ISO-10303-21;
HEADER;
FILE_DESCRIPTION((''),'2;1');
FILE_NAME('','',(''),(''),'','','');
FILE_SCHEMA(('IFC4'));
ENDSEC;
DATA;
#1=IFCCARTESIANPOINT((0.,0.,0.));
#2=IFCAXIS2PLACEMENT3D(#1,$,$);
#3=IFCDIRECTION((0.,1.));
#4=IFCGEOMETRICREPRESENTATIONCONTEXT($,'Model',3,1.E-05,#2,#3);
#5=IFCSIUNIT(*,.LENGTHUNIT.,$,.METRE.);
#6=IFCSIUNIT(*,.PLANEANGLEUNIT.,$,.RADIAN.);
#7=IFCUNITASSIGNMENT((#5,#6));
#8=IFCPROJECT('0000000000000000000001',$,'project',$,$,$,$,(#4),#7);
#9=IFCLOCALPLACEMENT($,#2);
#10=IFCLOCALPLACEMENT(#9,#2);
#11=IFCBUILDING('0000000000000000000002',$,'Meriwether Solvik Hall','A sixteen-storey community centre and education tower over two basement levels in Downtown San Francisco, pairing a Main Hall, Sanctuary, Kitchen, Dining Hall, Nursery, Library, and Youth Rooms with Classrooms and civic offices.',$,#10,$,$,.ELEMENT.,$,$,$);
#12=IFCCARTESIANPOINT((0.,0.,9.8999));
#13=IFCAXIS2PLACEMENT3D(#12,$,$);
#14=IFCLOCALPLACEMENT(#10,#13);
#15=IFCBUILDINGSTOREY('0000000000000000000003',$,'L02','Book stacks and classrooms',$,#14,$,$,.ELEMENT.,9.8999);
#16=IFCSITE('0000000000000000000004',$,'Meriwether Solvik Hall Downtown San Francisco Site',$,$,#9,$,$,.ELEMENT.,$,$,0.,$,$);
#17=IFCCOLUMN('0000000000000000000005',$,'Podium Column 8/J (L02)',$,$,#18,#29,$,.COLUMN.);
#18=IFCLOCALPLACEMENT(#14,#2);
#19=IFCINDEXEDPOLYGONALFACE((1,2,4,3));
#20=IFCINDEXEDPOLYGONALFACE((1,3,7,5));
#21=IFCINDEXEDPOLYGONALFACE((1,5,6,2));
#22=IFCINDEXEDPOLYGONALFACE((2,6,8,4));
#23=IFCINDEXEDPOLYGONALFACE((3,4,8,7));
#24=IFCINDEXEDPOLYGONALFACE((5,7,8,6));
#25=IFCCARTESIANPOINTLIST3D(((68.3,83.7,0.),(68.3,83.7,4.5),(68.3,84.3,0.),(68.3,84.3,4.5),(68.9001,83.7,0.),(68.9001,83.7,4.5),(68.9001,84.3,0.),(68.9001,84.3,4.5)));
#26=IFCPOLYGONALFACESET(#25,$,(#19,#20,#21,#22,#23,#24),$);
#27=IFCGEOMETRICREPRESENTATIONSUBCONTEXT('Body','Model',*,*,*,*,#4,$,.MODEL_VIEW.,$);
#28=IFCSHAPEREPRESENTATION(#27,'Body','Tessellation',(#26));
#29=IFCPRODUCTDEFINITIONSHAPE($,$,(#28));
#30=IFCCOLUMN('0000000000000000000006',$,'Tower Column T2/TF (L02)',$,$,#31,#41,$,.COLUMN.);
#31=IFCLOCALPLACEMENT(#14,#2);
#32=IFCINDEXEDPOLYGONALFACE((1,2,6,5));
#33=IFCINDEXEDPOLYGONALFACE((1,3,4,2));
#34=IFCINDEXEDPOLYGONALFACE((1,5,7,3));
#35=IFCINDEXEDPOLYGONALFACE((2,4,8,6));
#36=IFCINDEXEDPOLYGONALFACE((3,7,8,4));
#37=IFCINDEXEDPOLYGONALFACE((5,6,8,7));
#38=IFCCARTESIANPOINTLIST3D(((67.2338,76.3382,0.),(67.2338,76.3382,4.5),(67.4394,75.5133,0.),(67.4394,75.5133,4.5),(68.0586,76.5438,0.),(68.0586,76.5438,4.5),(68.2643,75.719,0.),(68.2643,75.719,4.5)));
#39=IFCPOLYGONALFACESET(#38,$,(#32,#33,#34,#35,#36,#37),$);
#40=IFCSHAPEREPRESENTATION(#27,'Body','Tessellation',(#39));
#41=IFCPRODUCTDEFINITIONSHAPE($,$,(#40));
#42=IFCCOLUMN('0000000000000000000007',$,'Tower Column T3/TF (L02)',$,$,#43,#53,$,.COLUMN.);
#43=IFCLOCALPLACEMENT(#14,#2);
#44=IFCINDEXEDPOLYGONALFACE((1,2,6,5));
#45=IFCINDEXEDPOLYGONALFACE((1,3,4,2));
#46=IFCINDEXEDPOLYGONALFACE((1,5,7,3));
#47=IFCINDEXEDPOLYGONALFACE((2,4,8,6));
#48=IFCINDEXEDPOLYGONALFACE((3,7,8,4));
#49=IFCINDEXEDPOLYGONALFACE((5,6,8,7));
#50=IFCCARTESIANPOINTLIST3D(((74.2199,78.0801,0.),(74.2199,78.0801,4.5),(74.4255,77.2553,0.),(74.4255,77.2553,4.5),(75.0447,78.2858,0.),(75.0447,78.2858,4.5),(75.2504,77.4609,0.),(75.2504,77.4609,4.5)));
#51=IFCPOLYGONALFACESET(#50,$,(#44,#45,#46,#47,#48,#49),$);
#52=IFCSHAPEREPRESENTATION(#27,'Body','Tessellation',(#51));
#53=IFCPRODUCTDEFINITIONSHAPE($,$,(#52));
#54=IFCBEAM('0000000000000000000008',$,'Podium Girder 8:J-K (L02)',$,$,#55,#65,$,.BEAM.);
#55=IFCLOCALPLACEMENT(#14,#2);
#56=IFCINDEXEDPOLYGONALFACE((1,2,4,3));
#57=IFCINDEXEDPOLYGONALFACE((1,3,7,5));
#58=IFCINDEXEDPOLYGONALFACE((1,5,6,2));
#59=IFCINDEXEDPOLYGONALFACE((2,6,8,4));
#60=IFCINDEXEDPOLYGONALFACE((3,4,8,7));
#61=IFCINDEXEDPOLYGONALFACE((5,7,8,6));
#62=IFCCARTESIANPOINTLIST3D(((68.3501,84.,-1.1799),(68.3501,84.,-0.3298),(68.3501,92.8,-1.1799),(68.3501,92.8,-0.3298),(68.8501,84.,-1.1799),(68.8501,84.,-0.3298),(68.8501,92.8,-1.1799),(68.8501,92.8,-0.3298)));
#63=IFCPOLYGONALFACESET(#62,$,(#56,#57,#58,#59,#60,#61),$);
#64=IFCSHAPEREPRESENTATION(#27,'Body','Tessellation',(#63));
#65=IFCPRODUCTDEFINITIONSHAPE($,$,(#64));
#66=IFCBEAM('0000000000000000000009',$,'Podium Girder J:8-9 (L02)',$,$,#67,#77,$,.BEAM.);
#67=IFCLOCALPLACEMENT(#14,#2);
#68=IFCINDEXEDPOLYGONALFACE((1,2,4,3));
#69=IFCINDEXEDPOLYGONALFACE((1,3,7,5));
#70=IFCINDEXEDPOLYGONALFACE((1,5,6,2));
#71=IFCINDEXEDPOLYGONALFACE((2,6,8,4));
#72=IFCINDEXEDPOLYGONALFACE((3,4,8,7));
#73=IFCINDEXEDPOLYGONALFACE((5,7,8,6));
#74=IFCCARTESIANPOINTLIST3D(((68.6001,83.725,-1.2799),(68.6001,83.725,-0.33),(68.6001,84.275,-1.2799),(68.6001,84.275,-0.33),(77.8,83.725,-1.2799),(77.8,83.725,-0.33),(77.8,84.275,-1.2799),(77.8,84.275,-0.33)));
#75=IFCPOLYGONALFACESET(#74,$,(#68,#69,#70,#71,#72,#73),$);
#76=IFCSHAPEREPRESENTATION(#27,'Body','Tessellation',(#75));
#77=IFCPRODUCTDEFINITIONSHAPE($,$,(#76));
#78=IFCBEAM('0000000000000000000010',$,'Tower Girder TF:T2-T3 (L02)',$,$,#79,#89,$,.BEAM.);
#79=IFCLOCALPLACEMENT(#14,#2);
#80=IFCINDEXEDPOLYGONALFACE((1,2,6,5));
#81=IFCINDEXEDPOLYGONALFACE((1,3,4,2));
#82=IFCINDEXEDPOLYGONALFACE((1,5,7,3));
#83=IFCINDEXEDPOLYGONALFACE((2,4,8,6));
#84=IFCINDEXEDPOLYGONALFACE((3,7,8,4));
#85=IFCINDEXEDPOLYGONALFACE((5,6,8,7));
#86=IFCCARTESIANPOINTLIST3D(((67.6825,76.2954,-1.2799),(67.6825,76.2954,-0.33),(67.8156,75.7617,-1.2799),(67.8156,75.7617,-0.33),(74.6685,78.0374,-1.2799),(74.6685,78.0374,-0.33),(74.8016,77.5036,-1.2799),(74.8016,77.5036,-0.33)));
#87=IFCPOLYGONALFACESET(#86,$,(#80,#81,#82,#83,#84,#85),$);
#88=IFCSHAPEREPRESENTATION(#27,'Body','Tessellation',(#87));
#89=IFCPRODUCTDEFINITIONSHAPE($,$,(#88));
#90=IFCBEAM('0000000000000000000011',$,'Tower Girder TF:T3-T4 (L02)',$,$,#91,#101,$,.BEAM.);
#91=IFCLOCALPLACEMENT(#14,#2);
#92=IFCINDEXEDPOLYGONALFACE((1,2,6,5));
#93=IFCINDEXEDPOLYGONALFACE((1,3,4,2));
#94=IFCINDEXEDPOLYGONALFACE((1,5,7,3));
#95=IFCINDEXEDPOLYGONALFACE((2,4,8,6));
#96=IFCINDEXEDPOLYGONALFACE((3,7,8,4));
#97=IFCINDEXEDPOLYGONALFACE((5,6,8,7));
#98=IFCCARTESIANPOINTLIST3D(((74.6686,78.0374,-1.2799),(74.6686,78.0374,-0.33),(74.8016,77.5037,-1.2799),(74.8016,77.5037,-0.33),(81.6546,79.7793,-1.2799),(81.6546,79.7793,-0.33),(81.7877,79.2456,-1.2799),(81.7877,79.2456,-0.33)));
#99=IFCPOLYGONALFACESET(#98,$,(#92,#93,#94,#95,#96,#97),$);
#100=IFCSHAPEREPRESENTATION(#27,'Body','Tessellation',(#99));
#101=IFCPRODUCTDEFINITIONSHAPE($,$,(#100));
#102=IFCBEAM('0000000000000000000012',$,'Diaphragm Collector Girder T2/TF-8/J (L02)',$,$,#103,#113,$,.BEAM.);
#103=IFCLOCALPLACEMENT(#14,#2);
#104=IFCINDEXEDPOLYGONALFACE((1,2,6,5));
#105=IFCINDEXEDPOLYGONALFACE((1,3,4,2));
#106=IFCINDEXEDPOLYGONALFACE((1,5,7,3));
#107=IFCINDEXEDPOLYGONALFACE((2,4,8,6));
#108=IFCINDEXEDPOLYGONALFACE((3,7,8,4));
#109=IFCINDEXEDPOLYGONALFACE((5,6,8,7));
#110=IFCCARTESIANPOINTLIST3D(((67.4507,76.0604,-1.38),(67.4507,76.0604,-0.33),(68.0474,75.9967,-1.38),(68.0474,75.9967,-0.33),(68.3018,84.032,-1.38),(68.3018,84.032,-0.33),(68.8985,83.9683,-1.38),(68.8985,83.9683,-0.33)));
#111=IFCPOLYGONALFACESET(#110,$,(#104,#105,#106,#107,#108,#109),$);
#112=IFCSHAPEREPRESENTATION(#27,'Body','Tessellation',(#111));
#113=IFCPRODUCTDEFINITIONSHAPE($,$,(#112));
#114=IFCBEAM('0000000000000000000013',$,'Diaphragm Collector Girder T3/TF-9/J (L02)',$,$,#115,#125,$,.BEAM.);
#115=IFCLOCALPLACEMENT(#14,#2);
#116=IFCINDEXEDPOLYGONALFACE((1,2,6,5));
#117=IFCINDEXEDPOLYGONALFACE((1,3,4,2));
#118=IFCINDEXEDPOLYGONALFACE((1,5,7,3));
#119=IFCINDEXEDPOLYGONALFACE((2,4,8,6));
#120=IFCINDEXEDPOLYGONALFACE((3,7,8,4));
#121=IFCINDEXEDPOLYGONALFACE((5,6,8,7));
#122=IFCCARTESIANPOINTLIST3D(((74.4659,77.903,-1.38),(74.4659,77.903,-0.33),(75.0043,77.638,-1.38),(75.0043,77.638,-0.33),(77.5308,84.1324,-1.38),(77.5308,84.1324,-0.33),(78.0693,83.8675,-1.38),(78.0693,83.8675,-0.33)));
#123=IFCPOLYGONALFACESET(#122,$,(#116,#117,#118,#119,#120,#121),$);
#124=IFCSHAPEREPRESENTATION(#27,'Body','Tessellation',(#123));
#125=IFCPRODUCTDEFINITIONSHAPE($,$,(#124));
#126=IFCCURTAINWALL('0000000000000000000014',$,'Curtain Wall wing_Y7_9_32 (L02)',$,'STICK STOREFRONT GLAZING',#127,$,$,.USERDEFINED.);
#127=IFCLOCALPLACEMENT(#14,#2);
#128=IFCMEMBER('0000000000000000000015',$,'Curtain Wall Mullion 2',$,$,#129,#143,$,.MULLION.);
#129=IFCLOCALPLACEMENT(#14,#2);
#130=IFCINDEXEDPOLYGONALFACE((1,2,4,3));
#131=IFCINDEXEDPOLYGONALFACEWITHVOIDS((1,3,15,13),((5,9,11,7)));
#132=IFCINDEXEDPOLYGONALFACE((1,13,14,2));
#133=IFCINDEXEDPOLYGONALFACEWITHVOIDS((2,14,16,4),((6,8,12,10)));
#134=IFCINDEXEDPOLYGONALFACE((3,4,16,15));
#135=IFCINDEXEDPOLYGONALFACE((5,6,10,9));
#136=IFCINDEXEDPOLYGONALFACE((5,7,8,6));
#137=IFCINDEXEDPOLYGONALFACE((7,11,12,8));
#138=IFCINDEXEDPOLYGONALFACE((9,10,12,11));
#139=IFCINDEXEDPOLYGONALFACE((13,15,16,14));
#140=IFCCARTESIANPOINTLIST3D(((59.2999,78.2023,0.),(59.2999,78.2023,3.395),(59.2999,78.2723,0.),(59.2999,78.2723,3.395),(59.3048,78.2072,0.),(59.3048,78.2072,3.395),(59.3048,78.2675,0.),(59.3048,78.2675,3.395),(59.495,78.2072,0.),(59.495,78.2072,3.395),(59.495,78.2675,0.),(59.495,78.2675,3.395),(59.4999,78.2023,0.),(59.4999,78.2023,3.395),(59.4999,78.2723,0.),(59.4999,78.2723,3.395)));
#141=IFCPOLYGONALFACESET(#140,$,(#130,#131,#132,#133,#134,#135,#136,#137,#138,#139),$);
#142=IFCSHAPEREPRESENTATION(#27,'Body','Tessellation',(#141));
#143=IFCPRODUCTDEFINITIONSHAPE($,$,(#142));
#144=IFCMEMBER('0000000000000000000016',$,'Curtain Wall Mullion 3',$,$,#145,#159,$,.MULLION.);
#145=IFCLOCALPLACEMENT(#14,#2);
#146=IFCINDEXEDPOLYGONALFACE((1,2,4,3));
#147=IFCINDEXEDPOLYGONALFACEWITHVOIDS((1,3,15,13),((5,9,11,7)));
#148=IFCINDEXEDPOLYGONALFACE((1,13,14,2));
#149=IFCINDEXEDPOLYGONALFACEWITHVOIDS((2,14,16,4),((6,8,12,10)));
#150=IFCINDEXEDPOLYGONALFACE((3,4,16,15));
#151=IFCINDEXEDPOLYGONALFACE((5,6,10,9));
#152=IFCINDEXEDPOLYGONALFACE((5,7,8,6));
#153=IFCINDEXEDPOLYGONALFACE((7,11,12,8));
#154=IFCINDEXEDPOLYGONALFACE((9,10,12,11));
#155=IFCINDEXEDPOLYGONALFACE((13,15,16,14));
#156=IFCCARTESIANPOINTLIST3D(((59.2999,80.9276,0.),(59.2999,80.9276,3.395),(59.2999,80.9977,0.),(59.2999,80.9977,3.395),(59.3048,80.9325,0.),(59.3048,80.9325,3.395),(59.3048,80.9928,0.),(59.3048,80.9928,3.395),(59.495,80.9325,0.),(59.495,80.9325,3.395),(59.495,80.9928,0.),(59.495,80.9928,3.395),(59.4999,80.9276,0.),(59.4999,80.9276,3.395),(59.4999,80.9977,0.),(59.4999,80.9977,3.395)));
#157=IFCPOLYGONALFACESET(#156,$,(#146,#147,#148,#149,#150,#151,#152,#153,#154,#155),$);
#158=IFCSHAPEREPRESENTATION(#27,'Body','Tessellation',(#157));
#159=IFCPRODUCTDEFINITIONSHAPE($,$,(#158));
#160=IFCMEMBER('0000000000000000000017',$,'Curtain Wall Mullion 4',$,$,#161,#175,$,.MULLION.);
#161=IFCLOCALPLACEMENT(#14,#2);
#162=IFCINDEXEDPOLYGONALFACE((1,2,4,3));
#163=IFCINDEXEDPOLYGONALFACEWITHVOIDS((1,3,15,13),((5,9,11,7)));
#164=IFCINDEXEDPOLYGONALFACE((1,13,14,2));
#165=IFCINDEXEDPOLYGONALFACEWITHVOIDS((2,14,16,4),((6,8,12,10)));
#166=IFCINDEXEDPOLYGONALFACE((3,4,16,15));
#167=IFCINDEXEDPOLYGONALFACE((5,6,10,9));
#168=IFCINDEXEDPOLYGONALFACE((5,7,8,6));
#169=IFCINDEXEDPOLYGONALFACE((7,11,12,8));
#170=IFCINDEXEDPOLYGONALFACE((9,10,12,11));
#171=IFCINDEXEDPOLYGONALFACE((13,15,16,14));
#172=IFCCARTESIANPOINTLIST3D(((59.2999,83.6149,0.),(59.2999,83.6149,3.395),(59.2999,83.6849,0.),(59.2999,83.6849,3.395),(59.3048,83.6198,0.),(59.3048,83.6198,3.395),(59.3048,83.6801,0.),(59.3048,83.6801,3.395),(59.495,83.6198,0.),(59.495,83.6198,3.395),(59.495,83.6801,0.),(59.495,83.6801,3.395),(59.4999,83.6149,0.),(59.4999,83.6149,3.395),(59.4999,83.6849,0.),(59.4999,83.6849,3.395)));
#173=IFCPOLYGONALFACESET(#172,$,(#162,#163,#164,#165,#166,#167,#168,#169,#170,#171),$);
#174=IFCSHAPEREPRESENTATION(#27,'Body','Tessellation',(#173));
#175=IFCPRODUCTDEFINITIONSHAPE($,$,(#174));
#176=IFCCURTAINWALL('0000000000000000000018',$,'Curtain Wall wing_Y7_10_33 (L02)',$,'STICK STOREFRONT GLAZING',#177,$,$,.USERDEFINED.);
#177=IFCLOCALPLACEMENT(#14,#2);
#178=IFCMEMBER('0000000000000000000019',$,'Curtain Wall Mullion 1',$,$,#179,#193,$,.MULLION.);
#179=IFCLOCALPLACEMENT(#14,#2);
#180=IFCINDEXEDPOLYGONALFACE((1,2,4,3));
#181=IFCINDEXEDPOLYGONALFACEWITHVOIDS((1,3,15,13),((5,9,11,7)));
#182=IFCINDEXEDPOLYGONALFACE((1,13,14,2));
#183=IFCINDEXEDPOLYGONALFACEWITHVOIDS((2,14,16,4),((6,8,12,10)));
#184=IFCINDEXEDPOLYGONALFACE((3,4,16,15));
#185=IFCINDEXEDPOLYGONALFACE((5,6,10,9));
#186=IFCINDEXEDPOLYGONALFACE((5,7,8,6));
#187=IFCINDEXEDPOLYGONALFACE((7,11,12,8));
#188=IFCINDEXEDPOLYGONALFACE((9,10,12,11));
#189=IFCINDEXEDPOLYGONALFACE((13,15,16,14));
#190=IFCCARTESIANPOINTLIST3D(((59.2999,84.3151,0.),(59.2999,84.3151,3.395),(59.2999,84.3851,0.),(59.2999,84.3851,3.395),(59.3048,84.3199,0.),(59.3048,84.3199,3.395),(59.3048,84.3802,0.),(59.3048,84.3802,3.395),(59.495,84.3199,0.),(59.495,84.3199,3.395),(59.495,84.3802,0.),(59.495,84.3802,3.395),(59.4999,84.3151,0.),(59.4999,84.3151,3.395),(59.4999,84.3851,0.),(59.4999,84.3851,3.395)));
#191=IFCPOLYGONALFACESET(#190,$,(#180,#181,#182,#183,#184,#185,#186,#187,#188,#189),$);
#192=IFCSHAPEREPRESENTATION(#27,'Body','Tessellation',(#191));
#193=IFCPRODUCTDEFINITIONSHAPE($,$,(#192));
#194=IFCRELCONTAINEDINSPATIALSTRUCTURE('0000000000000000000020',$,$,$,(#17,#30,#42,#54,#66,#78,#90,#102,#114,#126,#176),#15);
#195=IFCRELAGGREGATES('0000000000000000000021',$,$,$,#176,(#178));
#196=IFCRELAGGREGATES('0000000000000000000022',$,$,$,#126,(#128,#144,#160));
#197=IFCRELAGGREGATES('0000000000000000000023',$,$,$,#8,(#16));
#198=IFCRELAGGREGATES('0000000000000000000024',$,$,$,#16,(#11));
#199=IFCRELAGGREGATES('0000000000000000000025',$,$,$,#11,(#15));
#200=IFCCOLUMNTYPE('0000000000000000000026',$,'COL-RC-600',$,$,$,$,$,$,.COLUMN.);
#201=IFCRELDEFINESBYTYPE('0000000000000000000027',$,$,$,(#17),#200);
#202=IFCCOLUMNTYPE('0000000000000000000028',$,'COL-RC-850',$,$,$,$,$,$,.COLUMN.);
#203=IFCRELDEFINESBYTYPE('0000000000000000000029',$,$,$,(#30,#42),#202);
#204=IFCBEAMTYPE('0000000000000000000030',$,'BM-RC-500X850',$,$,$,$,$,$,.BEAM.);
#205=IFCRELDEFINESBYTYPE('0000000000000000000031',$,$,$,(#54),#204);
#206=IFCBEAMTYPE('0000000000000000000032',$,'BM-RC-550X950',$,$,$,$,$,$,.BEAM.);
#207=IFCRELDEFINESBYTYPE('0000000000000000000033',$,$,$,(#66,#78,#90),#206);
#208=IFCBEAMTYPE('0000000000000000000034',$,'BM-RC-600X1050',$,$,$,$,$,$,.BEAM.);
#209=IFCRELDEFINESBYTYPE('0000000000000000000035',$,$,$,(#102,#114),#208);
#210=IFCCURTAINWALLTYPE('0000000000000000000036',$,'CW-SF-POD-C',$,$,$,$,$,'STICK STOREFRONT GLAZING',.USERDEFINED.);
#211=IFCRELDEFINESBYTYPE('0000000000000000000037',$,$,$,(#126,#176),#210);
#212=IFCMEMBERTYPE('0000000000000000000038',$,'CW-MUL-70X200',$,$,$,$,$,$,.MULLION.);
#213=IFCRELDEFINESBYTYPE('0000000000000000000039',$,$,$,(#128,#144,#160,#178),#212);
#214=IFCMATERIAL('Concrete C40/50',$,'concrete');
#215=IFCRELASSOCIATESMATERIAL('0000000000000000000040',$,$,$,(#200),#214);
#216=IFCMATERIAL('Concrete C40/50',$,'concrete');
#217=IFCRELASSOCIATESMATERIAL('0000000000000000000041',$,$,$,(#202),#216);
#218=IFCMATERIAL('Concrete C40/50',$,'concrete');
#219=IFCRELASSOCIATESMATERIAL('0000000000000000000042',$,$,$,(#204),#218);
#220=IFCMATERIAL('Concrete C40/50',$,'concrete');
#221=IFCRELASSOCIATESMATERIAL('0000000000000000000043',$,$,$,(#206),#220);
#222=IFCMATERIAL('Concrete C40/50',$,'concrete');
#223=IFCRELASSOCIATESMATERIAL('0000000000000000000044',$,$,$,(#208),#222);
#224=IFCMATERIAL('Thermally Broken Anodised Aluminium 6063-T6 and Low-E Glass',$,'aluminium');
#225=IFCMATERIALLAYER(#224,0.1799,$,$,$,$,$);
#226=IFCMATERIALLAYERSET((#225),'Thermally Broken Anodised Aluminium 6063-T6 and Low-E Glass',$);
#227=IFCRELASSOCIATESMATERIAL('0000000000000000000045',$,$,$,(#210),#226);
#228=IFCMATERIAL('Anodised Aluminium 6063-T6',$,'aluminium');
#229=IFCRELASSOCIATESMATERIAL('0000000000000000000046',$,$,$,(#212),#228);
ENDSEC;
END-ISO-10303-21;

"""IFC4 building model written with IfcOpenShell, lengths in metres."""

from ifc_helpers import new_model, si_unit, direction, frame, origin, origin_2d, place, context, subcontext, project, spatial, rectangle, hollow_rectangle, extrude, material, layer, layer_set, material_profile, profile_set, type_object, element, aggregate, save


model = new_model("IFC4")

# Units and contexts
model_context = context("Model", 3, precision=1e-05, world=origin(), true_north=direction((0.0, 1.0)))
body_context = subcontext(model_context, "Body", "Model", "MODEL_VIEW")
ifc_project = project(units=[si_unit("LENGTHUNIT", "METRE"), si_unit("PLANEANGLEUNIT", "RADIAN")], contexts=[model_context])

# Site, building, storey
site_placement = place(None, origin())
site = spatial("IfcSite", under=ifc_project, at=site_placement, Name="Meriwether Solvik Hall Downtown San Francisco Site", CompositionType="ELEMENT", RefElevation=0.0)
building_placement = place(site_placement, origin())
building = spatial("IfcBuilding", under=site, at=building_placement, Name="Meriwether Solvik Hall", Description="A sixteen-storey community centre and education tower over two basement levels in Downtown San Francisco, pairing a Main Hall, Sanctuary, Kitchen, Dining Hall, Nursery, Library, and Youth Rooms with Classrooms and civic offices.", CompositionType="ELEMENT")
storey_placement = place(building_placement, frame((0.0, 0.0, 9.8999)))
storey = spatial("IfcBuildingStorey", under=building, at=storey_placement, Name="L02", Description="Book stacks and classrooms", CompositionType="ELEMENT", Elevation=9.8999)

# Columns
ifc_material_1 = material(Name="Concrete C40/50", Category="concrete")
ifc_material_profile_1 = material_profile(ifc_material_1, rectangle(XDim=0.6001, YDim=0.6001, at=origin_2d()), Name="RCC-600X600")
ifc_profile_set_1 = profile_set([ifc_material_profile_1], Name="Concrete C40/50")
column_type_1 = type_object("IfcColumnType", Name="COL-RC-600", PredefinedType="COLUMN", material=ifc_profile_set_1)
column_placement = place(storey_placement, frame((68.6001, 84.0, 0.0), z_axis=(0.0, 0.0, 1.0), x_axis=(1.0, 0.0, 0.0)))
element("IfcColumn", 1, at=column_placement, inside=storey, type_object=column_type_1, Name="Podium Column 8/J (L02)", PredefinedType="COLUMN", context=body_context, shape_type="SweptSolid", body=[
    extrude(rectangle(XDim=0.6001, YDim=0.6001, at=origin_2d()), origin(), (0.0, 0.0, 1.0), 4.5),
])
ifc_material_2 = material(Name="Concrete C40/50", Category="concrete")
ifc_material_profile_2 = material_profile(ifc_material_2, rectangle(XDim=0.8501, YDim=0.8501, at=origin_2d()), Name="RCC-850X850")
ifc_profile_set_2 = profile_set([ifc_material_profile_2], Name="Concrete C40/50")
column_type_2 = type_object("IfcColumnType", Name="COL-RC-850", PredefinedType="COLUMN", material=ifc_profile_set_2)
for number, where, z_axis, x_axis, name in (
    (2, (67.749, 76.0286, 0.0), (0.0, 0.0, 1.0), (0.970296, 0.241922, 0.0), "Tower Column T2/TF (L02)"),
    (3, (74.7351, 77.7705, 0.0), (0.0, 0.0, 1.0), (0.970296, 0.241922, 0.0), "Tower Column T3/TF (L02)"),
):
    element("IfcColumn", number, at=place(storey_placement, frame(where, z_axis=z_axis, x_axis=x_axis)), inside=storey, type_object=column_type_2, Name=name, PredefinedType="COLUMN", context=body_context, shape_type="SweptSolid", body=[
        extrude(rectangle(XDim=0.8501, YDim=0.8501, at=origin_2d()), origin(), (0.0, 0.0, 1.0), 4.5),
    ])

# Beams
ifc_material_3 = material(Name="Concrete C40/50", Category="concrete")
ifc_material_profile_3 = material_profile(ifc_material_3, rectangle(XDim=0.5, YDim=0.8501, at=origin_2d()), Name="RCB-500X850")
ifc_profile_set_3 = profile_set([ifc_material_profile_3], Name="Concrete C40/50")
beam_type_1 = type_object("IfcBeamType", Name="BM-RC-500X850", PredefinedType="BEAM", material=ifc_profile_set_3)
beam_1_placement = place(storey_placement, frame((68.6001, 84.0, -0.7549), z_axis=(0.0, 1.0, 0.0), x_axis=(-1.0, 0.0, 0.0)))
element("IfcBeam", 4, at=beam_1_placement, inside=storey, type_object=beam_type_1, Name="Podium Girder 8:J-K (L02)", PredefinedType="BEAM", context=body_context, shape_type="SweptSolid", body=[
    extrude(rectangle(XDim=0.5, YDim=0.8501, at=origin_2d()), origin(), (0.0, 0.0, 1.0), 8.8),
])
ifc_material_4 = material(Name="Concrete C40/50", Category="concrete")
ifc_material_profile_4 = material_profile(ifc_material_4, rectangle(XDim=0.55, YDim=0.95, at=origin_2d()), Name="RCB-550X950")
ifc_profile_set_4 = profile_set([ifc_material_profile_4], Name="Concrete C40/50")
beam_type_2 = type_object("IfcBeamType", Name="BM-RC-550X950", PredefinedType="BEAM", material=ifc_profile_set_4)
beam_2_placement = place(storey_placement, frame((68.6001, 84.0, -0.8049), z_axis=(1.0, 0.0, 0.0), x_axis=(0.0, 1.0, 0.0)))
element("IfcBeam", 5, at=beam_2_placement, inside=storey, type_object=beam_type_2, Name="Podium Girder J:8-9 (L02)", PredefinedType="BEAM", context=body_context, shape_type="SweptSolid", body=[
    extrude(rectangle(XDim=0.55, YDim=0.95, at=origin_2d()), origin(), (0.0, 0.0, 1.0), 9.2),
])
for number, where, z_axis, x_axis, name in (
    (6, (67.749, 76.0286, -0.8049), (0.970292, 0.241937, 0.0), (-0.241937, 0.970292, 0.0), "Tower Girder TF:T2-T3 (L02)"),
    (7, (74.7351, 77.7705, -0.8049), (0.970292, 0.241937, 0.0), (-0.241937, 0.970292, 0.0), "Tower Girder TF:T3-T4 (L02)"),
):
    element("IfcBeam", number, at=place(storey_placement, frame(where, z_axis=z_axis, x_axis=x_axis)), inside=storey, type_object=beam_type_2, Name=name, PredefinedType="BEAM", context=body_context, shape_type="SweptSolid", body=[
        extrude(rectangle(XDim=0.55, YDim=0.95, at=origin_2d()), origin(), (0.0, 0.0, 1.0), 7.2),
    ])
ifc_material_5 = material(Name="Concrete C40/50", Category="concrete")
ifc_material_profile_5 = material_profile(ifc_material_5, rectangle(XDim=0.6001, YDim=1.05, at=origin_2d()), Name="RCB-600X1050")
ifc_profile_set_5 = profile_set([ifc_material_profile_5], Name="Concrete C40/50")
beam_type_3 = type_object("IfcBeamType", Name="BM-RC-600X1050", PredefinedType="BEAM", material=ifc_profile_set_5)
beam_3_placement = place(storey_placement, frame((67.749, 76.0286, -0.855), z_axis=(0.106162, 0.994349, 0.0), x_axis=(-0.994349, 0.106162, 0.0)))
element("IfcBeam", 8, at=beam_3_placement, inside=storey, type_object=beam_type_3, Name="Diaphragm Collector Girder T2/TF-8/J (L02)", PredefinedType="BEAM", context=body_context, shape_type="SweptSolid", body=[
    extrude(rectangle(XDim=0.6001, YDim=1.05, at=origin_2d()), origin(), (0.0, 0.0, 1.0), 8.0168),
])
beam_4_placement = place(storey_placement, frame((74.7351, 77.7705, -0.855), z_axis=(0.441465, 0.897278, 0.0), x_axis=(-0.897278, 0.441465, 0.0)))
element("IfcBeam", 9, at=beam_4_placement, inside=storey, type_object=beam_type_3, Name="Diaphragm Collector Girder T3/TF-9/J (L02)", PredefinedType="BEAM", context=body_context, shape_type="SweptSolid", body=[
    extrude(rectangle(XDim=0.6001, YDim=1.05, at=origin_2d()), origin(), (0.0, 0.0, 1.0), 6.9426),
])

# Curtain wall, members
ifc_material_6 = material(Name="Thermally Broken Anodised Aluminium 6063-T6 and Low-E Glass", Category="aluminium")
ifc_layer_1 = layer(ifc_material_6, 0.1799)
ifc_layer_set_1 = layer_set([ifc_layer_1], Name="Thermally Broken Anodised Aluminium 6063-T6 and Low-E Glass")
curtain_wall_type = type_object("IfcCurtainWallType", Name="CW-SF-POD-C", ElementType="STICK STOREFRONT GLAZING", PredefinedType="USERDEFINED", material=ifc_layer_set_1)
curtain_wall_1_placement = place(storey_placement, origin())
curtain_wall_1 = element("IfcCurtainWall", 10, at=curtain_wall_1_placement, inside=storey, type_object=curtain_wall_type, Name="Curtain Wall wing_Y7_9_32 (L02)", ObjectType="STICK STOREFRONT GLAZING", PredefinedType="USERDEFINED")
ifc_material_7 = material(Name="Anodised Aluminium 6063-T6", Category="aluminium")
ifc_material_profile_6 = material_profile(ifc_material_7, hollow_rectangle(XDim=0.0701, YDim=0.2, WallThickness=0.0049, at=origin_2d()), Name="CWM-70X200")
ifc_profile_set_6 = profile_set([ifc_material_profile_6], Name="Anodised Aluminium 6063-T6")
member_type_1 = type_object("IfcMemberType", Name="CW-MUL-70X200", PredefinedType="MULLION", material=ifc_profile_set_6)
member_1_placement = place(storey_placement, frame((59.3999, 78.2373, 0.0), z_axis=(0.0, 0.0, 1.0), x_axis=(0.0, 1.0, 0.0)))
member_1 = element("IfcMember", 11, at=member_1_placement, type_object=member_type_1, Name="Curtain Wall Mullion 2", PredefinedType="MULLION", context=body_context, shape_type="SweptSolid", body=[
    extrude(hollow_rectangle(XDim=0.0701, YDim=0.2, WallThickness=0.0049, at=origin_2d()), origin(), (0.0, 0.0, 1.0), 3.395),
])
member_2_placement = place(storey_placement, frame((59.3999, 80.9626, 0.0), z_axis=(0.0, 0.0, 1.0), x_axis=(0.0, 1.0, 0.0)))
member_2 = element("IfcMember", 12, at=member_2_placement, type_object=member_type_1, Name="Curtain Wall Mullion 3", PredefinedType="MULLION", context=body_context, shape_type="SweptSolid", body=[
    extrude(hollow_rectangle(XDim=0.0701, YDim=0.2, WallThickness=0.0049, at=origin_2d()), origin(), (0.0, 0.0, 1.0), 3.395),
])
member_3_placement = place(storey_placement, frame((59.3999, 83.6499, 0.0), z_axis=(0.0, 0.0, 1.0), x_axis=(0.0, 1.0, 0.0)))
member_3 = element("IfcMember", 13, at=member_3_placement, type_object=member_type_1, Name="Curtain Wall Mullion 4", PredefinedType="MULLION", context=body_context, shape_type="SweptSolid", body=[
    extrude(hollow_rectangle(XDim=0.0701, YDim=0.2, WallThickness=0.0049, at=origin_2d()), origin(), (0.0, 0.0, 1.0), 3.395),
])

# Curtain wall, member
curtain_wall_2_placement = place(storey_placement, origin())
curtain_wall_2 = element("IfcCurtainWall", 14, at=curtain_wall_2_placement, inside=storey, type_object=curtain_wall_type, Name="Curtain Wall wing_Y7_10_33 (L02)", ObjectType="STICK STOREFRONT GLAZING", PredefinedType="USERDEFINED")
member_4_placement = place(storey_placement, frame((59.3999, 84.3501, 0.0), z_axis=(0.0, 0.0, 1.0), x_axis=(0.0, 1.0, 0.0)))
member_4 = element("IfcMember", 15, at=member_4_placement, type_object=member_type_1, Name="Curtain Wall Mullion 1", PredefinedType="MULLION", context=body_context, shape_type="SweptSolid", body=[
    extrude(hollow_rectangle(XDim=0.0701, YDim=0.2, WallThickness=0.0049, at=origin_2d()), origin(), (0.0, 0.0, 1.0), 3.395),
])
aggregate(curtain_wall_2, [member_4])

aggregate(curtain_wall_1, [member_1, member_2, member_3])

save(model, "model.ifc")
